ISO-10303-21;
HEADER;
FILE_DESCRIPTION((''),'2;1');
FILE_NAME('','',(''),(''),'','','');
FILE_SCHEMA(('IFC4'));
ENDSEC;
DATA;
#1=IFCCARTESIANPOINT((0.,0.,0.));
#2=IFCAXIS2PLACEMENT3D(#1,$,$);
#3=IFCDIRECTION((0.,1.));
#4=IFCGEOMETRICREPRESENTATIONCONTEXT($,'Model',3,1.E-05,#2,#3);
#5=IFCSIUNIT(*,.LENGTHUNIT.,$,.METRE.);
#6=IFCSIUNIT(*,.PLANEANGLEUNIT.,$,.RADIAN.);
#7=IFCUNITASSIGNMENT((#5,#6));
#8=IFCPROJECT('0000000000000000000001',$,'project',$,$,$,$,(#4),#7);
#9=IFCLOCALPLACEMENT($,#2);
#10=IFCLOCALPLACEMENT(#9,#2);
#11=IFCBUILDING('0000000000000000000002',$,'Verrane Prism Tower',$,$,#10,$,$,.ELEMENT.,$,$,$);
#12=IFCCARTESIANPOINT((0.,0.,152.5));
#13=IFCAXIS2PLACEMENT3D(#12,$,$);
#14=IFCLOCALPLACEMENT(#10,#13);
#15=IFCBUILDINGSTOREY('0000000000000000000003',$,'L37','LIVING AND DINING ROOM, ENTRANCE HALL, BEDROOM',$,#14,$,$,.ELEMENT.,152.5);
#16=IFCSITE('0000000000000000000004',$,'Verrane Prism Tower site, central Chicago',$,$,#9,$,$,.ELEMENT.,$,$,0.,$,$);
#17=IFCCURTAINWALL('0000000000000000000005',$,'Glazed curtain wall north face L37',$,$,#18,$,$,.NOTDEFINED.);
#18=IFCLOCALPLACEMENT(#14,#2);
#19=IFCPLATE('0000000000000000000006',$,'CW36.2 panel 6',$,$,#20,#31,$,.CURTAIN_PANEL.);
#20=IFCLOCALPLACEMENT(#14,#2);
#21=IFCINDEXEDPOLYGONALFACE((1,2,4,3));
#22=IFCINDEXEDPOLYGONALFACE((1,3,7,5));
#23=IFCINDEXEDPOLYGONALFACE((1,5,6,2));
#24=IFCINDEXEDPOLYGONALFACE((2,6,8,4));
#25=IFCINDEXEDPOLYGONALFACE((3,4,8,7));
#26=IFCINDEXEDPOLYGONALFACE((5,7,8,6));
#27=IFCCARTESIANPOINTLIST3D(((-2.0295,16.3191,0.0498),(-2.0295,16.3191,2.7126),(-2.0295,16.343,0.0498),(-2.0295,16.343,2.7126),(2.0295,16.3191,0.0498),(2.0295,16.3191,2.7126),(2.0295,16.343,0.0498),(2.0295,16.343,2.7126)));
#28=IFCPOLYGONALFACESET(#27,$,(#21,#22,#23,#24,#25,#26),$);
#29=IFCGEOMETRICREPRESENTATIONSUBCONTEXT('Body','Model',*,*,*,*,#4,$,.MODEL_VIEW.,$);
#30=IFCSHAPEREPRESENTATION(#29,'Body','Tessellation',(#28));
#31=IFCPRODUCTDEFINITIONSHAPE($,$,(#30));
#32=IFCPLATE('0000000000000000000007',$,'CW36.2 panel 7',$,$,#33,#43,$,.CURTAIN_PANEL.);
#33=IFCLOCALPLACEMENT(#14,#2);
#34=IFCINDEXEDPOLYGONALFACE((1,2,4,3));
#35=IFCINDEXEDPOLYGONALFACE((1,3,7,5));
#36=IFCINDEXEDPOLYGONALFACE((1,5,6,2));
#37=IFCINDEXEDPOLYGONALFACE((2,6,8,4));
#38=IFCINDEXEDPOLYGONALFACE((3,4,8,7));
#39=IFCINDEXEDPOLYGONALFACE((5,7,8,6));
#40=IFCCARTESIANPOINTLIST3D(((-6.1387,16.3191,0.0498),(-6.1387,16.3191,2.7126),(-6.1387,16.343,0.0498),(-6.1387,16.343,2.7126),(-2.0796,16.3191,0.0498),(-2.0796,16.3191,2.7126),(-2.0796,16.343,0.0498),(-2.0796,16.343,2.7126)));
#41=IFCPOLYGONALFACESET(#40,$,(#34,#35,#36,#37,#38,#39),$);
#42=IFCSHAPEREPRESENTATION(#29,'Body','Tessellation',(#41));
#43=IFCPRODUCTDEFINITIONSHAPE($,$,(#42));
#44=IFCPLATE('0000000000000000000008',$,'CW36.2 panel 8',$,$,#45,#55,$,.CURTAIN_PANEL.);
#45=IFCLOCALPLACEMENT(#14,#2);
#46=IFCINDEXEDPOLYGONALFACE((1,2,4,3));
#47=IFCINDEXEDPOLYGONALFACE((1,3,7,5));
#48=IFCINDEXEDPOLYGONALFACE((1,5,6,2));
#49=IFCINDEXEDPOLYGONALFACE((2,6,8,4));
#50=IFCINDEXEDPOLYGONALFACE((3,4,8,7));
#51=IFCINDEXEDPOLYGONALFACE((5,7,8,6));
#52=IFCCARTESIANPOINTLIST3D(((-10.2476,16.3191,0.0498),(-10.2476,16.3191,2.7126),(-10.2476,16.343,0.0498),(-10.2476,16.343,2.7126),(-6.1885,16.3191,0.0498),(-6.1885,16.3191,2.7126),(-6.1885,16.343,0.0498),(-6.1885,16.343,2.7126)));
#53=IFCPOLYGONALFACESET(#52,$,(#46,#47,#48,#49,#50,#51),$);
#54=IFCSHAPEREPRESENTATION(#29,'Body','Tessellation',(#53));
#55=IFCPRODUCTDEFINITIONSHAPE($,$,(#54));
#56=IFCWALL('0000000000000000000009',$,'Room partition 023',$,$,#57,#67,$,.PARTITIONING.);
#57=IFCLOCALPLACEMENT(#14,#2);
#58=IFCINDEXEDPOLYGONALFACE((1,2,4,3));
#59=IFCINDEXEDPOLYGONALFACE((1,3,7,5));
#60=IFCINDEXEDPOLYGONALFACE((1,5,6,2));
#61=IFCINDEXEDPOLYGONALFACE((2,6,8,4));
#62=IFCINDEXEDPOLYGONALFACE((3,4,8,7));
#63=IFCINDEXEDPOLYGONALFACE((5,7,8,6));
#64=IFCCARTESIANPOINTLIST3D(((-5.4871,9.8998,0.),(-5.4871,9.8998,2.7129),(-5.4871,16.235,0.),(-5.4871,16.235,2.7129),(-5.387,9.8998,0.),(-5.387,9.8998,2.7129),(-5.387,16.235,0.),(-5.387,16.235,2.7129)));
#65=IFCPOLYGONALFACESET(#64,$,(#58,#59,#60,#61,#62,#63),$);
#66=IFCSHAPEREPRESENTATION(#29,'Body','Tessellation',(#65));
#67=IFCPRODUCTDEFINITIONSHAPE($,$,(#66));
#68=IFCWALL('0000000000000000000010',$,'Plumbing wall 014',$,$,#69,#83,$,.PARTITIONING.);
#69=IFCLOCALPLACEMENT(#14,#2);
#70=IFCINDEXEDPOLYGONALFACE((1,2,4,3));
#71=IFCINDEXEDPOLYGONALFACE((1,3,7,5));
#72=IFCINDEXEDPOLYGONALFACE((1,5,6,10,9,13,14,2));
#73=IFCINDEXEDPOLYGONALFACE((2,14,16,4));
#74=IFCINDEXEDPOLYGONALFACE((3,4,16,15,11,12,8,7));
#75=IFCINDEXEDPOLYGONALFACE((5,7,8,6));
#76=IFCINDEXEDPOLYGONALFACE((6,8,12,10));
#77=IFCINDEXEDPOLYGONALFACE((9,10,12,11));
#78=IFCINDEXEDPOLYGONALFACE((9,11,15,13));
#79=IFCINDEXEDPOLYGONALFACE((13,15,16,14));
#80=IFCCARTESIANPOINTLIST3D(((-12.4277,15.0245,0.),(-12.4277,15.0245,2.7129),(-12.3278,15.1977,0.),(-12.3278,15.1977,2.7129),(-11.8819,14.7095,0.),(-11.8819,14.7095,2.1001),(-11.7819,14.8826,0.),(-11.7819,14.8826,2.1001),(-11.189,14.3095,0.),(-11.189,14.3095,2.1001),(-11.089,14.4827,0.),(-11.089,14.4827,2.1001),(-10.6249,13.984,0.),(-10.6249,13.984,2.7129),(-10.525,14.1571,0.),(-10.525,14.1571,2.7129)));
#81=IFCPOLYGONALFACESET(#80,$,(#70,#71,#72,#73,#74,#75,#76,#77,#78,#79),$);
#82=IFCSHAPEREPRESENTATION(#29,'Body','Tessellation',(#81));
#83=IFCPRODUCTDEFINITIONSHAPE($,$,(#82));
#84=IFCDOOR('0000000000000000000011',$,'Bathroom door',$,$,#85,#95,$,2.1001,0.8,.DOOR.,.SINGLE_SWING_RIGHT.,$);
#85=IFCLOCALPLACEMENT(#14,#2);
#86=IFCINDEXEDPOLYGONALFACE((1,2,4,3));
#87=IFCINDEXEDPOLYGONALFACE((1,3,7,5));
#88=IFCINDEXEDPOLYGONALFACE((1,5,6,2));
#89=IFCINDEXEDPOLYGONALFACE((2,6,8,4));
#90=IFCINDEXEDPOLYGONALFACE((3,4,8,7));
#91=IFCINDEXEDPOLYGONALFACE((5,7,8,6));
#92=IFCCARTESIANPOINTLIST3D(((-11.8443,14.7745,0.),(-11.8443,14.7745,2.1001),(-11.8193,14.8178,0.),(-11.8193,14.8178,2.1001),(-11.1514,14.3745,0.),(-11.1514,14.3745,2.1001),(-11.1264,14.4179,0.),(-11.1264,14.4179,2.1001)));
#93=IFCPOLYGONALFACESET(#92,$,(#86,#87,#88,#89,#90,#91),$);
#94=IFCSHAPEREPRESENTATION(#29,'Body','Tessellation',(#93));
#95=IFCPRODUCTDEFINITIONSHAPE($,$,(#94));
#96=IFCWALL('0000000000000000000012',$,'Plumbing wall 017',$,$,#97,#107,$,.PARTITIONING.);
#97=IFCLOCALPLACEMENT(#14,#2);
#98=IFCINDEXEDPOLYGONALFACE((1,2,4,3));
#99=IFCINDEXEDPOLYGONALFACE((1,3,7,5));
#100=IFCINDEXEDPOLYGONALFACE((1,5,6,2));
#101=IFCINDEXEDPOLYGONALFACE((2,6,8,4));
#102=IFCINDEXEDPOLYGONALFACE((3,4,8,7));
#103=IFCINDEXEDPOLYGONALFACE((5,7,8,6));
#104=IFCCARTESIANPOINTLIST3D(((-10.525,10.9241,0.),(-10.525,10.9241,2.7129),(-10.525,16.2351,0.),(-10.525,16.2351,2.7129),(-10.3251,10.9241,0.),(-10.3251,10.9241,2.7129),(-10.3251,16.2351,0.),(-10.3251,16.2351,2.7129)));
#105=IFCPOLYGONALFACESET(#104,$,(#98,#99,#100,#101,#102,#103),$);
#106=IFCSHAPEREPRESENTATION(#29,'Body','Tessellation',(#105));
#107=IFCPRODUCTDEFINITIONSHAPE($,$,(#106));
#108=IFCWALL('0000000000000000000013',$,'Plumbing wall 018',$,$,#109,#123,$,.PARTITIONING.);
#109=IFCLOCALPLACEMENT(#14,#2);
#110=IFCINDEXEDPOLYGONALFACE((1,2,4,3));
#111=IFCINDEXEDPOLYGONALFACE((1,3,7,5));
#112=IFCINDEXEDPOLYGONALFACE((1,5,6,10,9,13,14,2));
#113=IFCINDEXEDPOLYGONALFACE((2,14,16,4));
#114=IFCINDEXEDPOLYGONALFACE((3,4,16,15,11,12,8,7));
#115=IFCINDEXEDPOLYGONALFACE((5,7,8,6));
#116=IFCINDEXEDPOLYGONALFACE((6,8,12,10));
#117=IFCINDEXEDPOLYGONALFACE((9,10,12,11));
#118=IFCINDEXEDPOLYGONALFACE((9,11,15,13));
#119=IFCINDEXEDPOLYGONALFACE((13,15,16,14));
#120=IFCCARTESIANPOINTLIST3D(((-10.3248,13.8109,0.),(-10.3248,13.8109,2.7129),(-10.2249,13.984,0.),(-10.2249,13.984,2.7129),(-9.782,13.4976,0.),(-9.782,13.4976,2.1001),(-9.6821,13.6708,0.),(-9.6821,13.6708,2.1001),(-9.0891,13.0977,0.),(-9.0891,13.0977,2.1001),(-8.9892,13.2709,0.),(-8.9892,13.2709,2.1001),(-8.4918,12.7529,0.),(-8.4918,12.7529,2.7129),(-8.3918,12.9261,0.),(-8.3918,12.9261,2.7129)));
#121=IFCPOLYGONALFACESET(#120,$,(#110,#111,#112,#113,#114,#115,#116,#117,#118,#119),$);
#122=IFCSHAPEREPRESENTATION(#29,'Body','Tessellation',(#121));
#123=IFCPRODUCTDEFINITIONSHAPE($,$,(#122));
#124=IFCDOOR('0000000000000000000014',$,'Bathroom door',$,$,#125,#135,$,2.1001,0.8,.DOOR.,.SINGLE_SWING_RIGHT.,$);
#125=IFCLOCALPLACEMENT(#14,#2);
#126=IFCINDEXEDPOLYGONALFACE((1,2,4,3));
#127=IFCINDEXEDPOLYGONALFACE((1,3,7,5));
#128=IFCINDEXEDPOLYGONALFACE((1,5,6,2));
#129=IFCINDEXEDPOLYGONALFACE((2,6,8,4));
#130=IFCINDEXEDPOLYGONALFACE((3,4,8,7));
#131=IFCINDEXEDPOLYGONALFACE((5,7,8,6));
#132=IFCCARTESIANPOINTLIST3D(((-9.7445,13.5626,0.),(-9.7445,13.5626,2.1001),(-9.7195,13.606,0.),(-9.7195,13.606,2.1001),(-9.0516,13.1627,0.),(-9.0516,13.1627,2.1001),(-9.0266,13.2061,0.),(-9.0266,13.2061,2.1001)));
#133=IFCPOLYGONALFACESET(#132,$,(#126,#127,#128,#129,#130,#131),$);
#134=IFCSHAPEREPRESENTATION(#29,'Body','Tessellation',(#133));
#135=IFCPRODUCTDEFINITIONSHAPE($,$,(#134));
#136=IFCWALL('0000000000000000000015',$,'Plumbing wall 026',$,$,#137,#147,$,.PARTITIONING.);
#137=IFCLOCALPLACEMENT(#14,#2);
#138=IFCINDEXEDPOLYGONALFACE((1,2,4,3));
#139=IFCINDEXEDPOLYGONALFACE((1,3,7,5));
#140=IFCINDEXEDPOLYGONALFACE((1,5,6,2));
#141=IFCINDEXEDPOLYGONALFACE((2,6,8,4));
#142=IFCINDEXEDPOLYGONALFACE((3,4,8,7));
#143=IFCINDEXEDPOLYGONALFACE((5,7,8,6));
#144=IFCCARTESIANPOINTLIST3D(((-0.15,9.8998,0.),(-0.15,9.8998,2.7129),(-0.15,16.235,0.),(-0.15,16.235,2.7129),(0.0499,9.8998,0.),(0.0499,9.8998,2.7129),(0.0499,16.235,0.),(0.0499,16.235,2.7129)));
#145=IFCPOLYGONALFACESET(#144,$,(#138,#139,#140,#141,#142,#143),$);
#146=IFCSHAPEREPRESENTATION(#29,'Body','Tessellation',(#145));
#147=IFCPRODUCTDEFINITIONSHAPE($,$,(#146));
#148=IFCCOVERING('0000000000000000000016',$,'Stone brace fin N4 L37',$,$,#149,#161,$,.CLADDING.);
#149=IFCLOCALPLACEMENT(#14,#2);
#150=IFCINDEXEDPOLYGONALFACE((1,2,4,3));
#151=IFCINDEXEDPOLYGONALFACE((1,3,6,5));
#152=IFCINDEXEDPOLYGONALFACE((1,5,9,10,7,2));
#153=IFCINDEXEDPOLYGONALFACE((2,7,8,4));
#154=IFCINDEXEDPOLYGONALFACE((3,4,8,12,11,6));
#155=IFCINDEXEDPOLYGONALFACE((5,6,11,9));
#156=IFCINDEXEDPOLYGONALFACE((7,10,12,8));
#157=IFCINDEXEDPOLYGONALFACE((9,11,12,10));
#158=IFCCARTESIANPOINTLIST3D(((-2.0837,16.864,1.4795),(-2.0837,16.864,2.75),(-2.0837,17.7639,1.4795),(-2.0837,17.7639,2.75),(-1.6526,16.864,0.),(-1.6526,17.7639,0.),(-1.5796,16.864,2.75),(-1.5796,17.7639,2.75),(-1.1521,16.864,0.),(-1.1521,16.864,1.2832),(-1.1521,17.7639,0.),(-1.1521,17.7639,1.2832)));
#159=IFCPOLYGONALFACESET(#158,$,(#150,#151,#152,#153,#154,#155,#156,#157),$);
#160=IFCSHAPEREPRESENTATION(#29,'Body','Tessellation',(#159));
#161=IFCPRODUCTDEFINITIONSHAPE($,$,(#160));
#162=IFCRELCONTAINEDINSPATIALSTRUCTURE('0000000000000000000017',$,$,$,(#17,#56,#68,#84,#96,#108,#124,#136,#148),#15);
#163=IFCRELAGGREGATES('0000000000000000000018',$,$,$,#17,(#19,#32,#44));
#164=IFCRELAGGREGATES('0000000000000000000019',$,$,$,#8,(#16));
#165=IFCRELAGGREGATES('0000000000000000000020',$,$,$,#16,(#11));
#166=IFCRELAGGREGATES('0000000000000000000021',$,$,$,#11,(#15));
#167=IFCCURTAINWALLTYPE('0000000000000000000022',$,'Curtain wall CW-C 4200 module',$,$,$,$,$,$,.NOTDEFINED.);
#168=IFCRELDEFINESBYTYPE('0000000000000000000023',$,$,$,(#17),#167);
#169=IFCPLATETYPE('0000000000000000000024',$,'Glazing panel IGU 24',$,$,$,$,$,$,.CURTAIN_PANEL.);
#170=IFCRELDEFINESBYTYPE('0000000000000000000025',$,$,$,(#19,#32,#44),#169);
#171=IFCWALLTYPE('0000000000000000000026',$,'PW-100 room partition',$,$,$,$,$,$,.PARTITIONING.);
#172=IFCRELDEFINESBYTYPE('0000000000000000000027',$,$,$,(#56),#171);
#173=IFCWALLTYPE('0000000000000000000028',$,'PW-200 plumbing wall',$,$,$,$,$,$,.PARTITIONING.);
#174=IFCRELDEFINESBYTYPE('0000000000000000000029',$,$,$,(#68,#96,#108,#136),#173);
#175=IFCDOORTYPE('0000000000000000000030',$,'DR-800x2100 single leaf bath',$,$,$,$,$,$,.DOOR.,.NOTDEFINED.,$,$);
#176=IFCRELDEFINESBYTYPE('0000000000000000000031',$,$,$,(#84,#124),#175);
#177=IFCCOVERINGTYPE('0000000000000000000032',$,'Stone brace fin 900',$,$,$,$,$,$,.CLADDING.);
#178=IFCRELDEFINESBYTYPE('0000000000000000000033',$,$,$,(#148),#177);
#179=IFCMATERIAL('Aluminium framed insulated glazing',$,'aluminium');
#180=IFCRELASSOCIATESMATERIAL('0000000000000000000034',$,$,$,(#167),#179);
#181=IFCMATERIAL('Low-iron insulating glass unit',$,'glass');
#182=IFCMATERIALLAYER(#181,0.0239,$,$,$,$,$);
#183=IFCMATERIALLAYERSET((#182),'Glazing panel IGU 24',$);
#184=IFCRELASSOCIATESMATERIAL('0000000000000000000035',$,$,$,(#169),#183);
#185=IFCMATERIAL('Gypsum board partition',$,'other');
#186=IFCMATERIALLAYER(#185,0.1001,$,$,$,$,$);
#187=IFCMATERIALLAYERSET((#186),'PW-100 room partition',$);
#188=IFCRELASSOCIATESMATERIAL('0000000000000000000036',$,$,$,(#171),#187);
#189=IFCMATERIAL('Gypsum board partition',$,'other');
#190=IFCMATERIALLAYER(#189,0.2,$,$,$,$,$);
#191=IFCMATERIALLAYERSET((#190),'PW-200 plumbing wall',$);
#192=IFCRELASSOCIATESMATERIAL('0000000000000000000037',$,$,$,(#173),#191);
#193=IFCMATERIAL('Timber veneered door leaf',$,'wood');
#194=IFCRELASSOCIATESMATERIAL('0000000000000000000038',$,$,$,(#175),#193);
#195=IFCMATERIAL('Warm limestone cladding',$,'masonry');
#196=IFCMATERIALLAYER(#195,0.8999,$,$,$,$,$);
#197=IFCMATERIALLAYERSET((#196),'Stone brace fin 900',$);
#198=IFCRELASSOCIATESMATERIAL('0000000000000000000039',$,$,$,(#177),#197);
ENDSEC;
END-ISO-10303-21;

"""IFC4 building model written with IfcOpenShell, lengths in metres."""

from ifc_helpers import new_model, si_unit, direction, frame, frame_2d, origin, origin_2d, place, context, subcontext, project, spatial, polyline, rectangle, outline, extrude, material, layer, layer_set, type_object, element, fill, aggregate, save


model = new_model("IFC4")

# Units and contexts
model_context = context("Model", 3, precision=1e-05, world=origin(), true_north=direction((0.0, 1.0)))
body_context = subcontext(model_context, "Body", "Model", "MODEL_VIEW")
ifc_project = project(units=[si_unit("LENGTHUNIT", "METRE"), si_unit("PLANEANGLEUNIT", "RADIAN")], contexts=[model_context])

# Site, building, storey
site_placement = place(None, origin())
site = spatial("IfcSite", under=ifc_project, at=site_placement, Name="Verrane Prism Tower site, central Chicago", CompositionType="ELEMENT", RefElevation=0.0)
building_placement = place(site_placement, origin())
building = spatial("IfcBuilding", under=site, at=building_placement, Name="Verrane Prism Tower", CompositionType="ELEMENT")
storey_placement = place(building_placement, frame((0.0, 0.0, 152.5)))
storey = spatial("IfcBuildingStorey", under=building, at=storey_placement, Name="L37", Description="LIVING AND DINING ROOM, ENTRANCE HALL, BEDROOM", CompositionType="ELEMENT", Elevation=152.5)

# Curtain wall
ifc_material_1 = material(Name="Aluminium framed insulated glazing", Category="aluminium")
curtain_wall_type = type_object("IfcCurtainWallType", Name="Curtain wall CW-C 4200 module", PredefinedType="NOTDEFINED", material=ifc_material_1)
curtain_wall_placement = place(storey_placement, origin())
curtain_wall = element("IfcCurtainWall", 1, at=curtain_wall_placement, inside=storey, type_object=curtain_wall_type, Name="Glazed curtain wall north face L37", PredefinedType="NOTDEFINED")

# Plates
ifc_material_2 = material(Name="Low-iron insulating glass unit", Category="glass")
ifc_layer_1 = layer(ifc_material_2, 0.0239)
ifc_layer_set_1 = layer_set([ifc_layer_1], Name="Glazing panel IGU 24")
plate_type = type_object("IfcPlateType", Name="Glazing panel IGU 24", PredefinedType="CURTAIN_PANEL", material=ifc_layer_set_1)
plate_1_placement = place(storey_placement, frame((0.0, 16.3311, 0.0498), z_axis=(0.0, 0.0, 1.0), x_axis=(-1.0, 0.0, 0.0)))
plate_1 = element("IfcPlate", 2, at=plate_1_placement, type_object=plate_type, Name="CW36.2 panel 6", PredefinedType="CURTAIN_PANEL", context=body_context, shape_type="SweptSolid", body=[
    extrude(rectangle(XDim=4.0591, YDim=0.0239, at=origin_2d()), origin(), (0.0, 0.0, 1.0), 2.6628),
])
plate_2_placement = place(storey_placement, frame((-4.1091, 16.3311, 0.0498), z_axis=(0.0, 0.0, 1.0), x_axis=(-1.0, 0.0, 0.0)))
plate_2 = element("IfcPlate", 3, at=plate_2_placement, type_object=plate_type, Name="CW36.2 panel 7", PredefinedType="CURTAIN_PANEL", context=body_context, shape_type="SweptSolid", body=[
    extrude(rectangle(XDim=4.0591, YDim=0.0239, at=origin_2d()), origin(), (0.0, 0.0, 1.0), 2.6628),
])
plate_3_placement = place(storey_placement, frame((-8.218, 16.3311, 0.0498), z_axis=(0.0, 0.0, 1.0), x_axis=(-1.0, 0.0, 0.0)))
plate_3 = element("IfcPlate", 4, at=plate_3_placement, type_object=plate_type, Name="CW36.2 panel 8", PredefinedType="CURTAIN_PANEL", context=body_context, shape_type="SweptSolid", body=[
    extrude(rectangle(XDim=4.0591, YDim=0.0239, at=origin_2d()), origin(), (0.0, 0.0, 1.0), 2.6628),
])
aggregate(curtain_wall, [plate_1, plate_2, plate_3])

# Wall
ifc_material_3 = material(Name="Gypsum board partition", Category="other")
ifc_layer_2 = layer(ifc_material_3, 0.1001)
ifc_layer_set_2 = layer_set([ifc_layer_2], Name="PW-100 room partition")
wall_type_1 = type_object("IfcWallType", Name="PW-100 room partition", PredefinedType="PARTITIONING", material=ifc_layer_set_2)
wall_1_placement = place(storey_placement, frame((-5.437, 9.8999, 0.0), z_axis=(0.0, 0.0, 1.0), x_axis=(0.0, 1.0, 0.0)))
element("IfcWall", 5, at=wall_1_placement, inside=storey, type_object=wall_type_1, Name="Room partition 023", PredefinedType="PARTITIONING", context=body_context, shape_type="SweptSolid", body=[
    extrude(rectangle(XDim=6.3352, YDim=0.1001, at=frame_2d((3.1675, 0.0))), origin(), (0.0, 0.0, 1.0), 2.7129),
])

# Wall, opening, door
ifc_material_4 = material(Name="Gypsum board partition", Category="other")
ifc_layer_3 = layer(ifc_material_4, 0.2)
ifc_layer_set_3 = layer_set([ifc_layer_3], Name="PW-200 plumbing wall")
wall_type_2 = type_object("IfcWallType", Name="PW-200 plumbing wall", PredefinedType="PARTITIONING", material=ifc_layer_set_3)
wall_2_placement = place(storey_placement, frame((-10.575, 14.0706, 0.0), z_axis=(0.0, 0.0, 1.0), x_axis=(-0.866084, 0.499898, 0.0)))
wall_2 = element("IfcWall", 6, at=wall_2_placement, inside=storey, type_object=wall_type_2, Name="Plumbing wall 014", PredefinedType="PARTITIONING", context=body_context, shape_type="SweptSolid", body=[
    extrude(rectangle(XDim=2.0815, YDim=0.2, at=frame_2d((1.0408, 0.0))), origin(), (0.0, 0.0, 1.0), 2.7129),
])
opening_1_placement = place(wall_2_placement, frame((0.6514, 0.0, 0.0)))
opening_1 = element("IfcOpeningElement", 7, at=opening_1_placement, cuts=wall_2, PredefinedType="OPENING", context=body_context, shape_type="SweptSolid", body=[
    extrude(rectangle(XDim=0.8, YDim=2.1001, at=frame_2d((0.3999, 1.05))), frame((0.0, 0.1099, 0.0), z_axis=(0.0, -1.0, 0.0), x_axis=(1.0, 0.0, 0.0)), (0.0, 0.0, 1.0), 0.22),
])
ifc_material_5 = material(Name="Timber veneered door leaf", Category="wood")
door_type = type_object("IfcDoorType", Name="DR-800x2100 single leaf bath", OperationType="NOTDEFINED", PredefinedType="DOOR", material=ifc_material_5)
door_1_placement = place(opening_1_placement, origin())
door_1 = element("IfcDoor", 8, at=door_1_placement, inside=storey, type_object=door_type, Name="Bathroom door", OperationType="SINGLE_SWING_RIGHT", OverallHeight=2.1001, OverallWidth=0.8, PredefinedType="DOOR", context=body_context, shape_type="SweptSolid", body=[
    extrude(rectangle(XDim=0.8, YDim=2.1001, at=frame_2d((0.3999, 1.05))), frame((0.0, 0.0249, 0.0), z_axis=(0.0, -1.0, 0.0), x_axis=(1.0, 0.0, 0.0)), (0.0, 0.0, 1.0), 0.05),
])
fill(opening_1, door_1)

# Wall
wall_3_placement = place(storey_placement, frame((-10.425, 10.9241, 0.0), z_axis=(0.0, 0.0, 1.0), x_axis=(0.0, 1.0, 0.0)))
element("IfcWall", 9, at=wall_3_placement, inside=storey, type_object=wall_type_2, Name="Plumbing wall 017", PredefinedType="PARTITIONING", context=body_context, shape_type="SweptSolid", body=[
    extrude(rectangle(XDim=5.311, YDim=0.2, at=frame_2d((2.6555, 0.0))), origin(), (0.0, 0.0, 1.0), 2.7129),
])

# Wall, opening, door
wall_4_placement = place(storey_placement, frame((-8.4419, 12.8396, 0.0), z_axis=(0.0, 0.0, 1.0), x_axis=(-0.866113, 0.499849, 0.0)))
wall_4 = element("IfcWall", 10, at=wall_4_placement, inside=storey, type_object=wall_type_2, Name="Plumbing wall 018", PredefinedType="PARTITIONING", context=body_context, shape_type="SweptSolid", body=[
    extrude(rectangle(XDim=2.1165, YDim=0.2, at=frame_2d((1.0581, 0.0))), origin(), (0.0, 0.0, 1.0), 2.7129),
])
opening_2_placement = place(wall_4_placement, frame((0.6897, 0.0, 0.0)))
opening_2 = element("IfcOpeningElement", 11, at=opening_2_placement, cuts=wall_4, PredefinedType="OPENING", context=body_context, shape_type="SweptSolid", body=[
    extrude(rectangle(XDim=0.8, YDim=2.1001, at=frame_2d((0.3999, 1.05))), frame((0.0, 0.1099, 0.0), z_axis=(0.0, -1.0, 0.0), x_axis=(1.0, 0.0, 0.0)), (0.0, 0.0, 1.0), 0.22),
])
door_2_placement = place(opening_2_placement, origin())
door_2 = element("IfcDoor", 12, at=door_2_placement, inside=storey, type_object=door_type, Name="Bathroom door", OperationType="SINGLE_SWING_RIGHT", OverallHeight=2.1001, OverallWidth=0.8, PredefinedType="DOOR", context=body_context, shape_type="SweptSolid", body=[
    extrude(rectangle(XDim=0.8, YDim=2.1001, at=frame_2d((0.3999, 1.05))), frame((0.0, 0.0249, 0.0), z_axis=(0.0, -1.0, 0.0), x_axis=(1.0, 0.0, 0.0)), (0.0, 0.0, 1.0), 0.05),
])
fill(opening_2, door_2)

# Wall
wall_5_placement = place(storey_placement, frame((-0.05, 9.8999, 0.0), z_axis=(0.0, 0.0, 1.0), x_axis=(0.0, 1.0, 0.0)))
element("IfcWall", 13, at=wall_5_placement, inside=storey, type_object=wall_type_2, Name="Plumbing wall 026", PredefinedType="PARTITIONING", context=body_context, shape_type="SweptSolid", body=[
    extrude(rectangle(XDim=6.3352, YDim=0.2, at=frame_2d((3.1675, 0.0))), origin(), (0.0, 0.0, 1.0), 2.7129),
])

# Covering
ifc_material_6 = material(Name="Warm limestone cladding", Category="masonry")
ifc_layer_4 = layer(ifc_material_6, 0.8999)
ifc_layer_set_4 = layer_set([ifc_layer_4], Name="Stone brace fin 900")
covering_type = type_object("IfcCoveringType", Name="Stone brace fin 900", PredefinedType="CLADDING", material=ifc_layer_set_4)
covering_placement = place(storey_placement, frame((-1.1521, 17.314, 0.0), z_axis=(0.0, 0.0, 1.0), x_axis=(-1.0, 0.0, 0.0)))
element("IfcCovering", 14, at=covering_placement, inside=storey, type_object=covering_type, Name="Stone brace fin N4 L37", PredefinedType="CLADDING", context=body_context, shape_type="SweptSolid", body=[
    extrude(outline(polyline([(0.9316, 2.75), (0.4275, 2.75), (0.0, 1.2832), (0.0, 0.0), (0.5005, 0.0), (0.9316, 1.4795), (0.9316, 2.75)])), frame((0.0, 0.45, 0.0), z_axis=(0.0, -1.0, 0.0), x_axis=(1.0, 0.0, 0.0)), (0.0, 0.0, 1.0), 0.8999),
])

save(model, "model.ifc")
